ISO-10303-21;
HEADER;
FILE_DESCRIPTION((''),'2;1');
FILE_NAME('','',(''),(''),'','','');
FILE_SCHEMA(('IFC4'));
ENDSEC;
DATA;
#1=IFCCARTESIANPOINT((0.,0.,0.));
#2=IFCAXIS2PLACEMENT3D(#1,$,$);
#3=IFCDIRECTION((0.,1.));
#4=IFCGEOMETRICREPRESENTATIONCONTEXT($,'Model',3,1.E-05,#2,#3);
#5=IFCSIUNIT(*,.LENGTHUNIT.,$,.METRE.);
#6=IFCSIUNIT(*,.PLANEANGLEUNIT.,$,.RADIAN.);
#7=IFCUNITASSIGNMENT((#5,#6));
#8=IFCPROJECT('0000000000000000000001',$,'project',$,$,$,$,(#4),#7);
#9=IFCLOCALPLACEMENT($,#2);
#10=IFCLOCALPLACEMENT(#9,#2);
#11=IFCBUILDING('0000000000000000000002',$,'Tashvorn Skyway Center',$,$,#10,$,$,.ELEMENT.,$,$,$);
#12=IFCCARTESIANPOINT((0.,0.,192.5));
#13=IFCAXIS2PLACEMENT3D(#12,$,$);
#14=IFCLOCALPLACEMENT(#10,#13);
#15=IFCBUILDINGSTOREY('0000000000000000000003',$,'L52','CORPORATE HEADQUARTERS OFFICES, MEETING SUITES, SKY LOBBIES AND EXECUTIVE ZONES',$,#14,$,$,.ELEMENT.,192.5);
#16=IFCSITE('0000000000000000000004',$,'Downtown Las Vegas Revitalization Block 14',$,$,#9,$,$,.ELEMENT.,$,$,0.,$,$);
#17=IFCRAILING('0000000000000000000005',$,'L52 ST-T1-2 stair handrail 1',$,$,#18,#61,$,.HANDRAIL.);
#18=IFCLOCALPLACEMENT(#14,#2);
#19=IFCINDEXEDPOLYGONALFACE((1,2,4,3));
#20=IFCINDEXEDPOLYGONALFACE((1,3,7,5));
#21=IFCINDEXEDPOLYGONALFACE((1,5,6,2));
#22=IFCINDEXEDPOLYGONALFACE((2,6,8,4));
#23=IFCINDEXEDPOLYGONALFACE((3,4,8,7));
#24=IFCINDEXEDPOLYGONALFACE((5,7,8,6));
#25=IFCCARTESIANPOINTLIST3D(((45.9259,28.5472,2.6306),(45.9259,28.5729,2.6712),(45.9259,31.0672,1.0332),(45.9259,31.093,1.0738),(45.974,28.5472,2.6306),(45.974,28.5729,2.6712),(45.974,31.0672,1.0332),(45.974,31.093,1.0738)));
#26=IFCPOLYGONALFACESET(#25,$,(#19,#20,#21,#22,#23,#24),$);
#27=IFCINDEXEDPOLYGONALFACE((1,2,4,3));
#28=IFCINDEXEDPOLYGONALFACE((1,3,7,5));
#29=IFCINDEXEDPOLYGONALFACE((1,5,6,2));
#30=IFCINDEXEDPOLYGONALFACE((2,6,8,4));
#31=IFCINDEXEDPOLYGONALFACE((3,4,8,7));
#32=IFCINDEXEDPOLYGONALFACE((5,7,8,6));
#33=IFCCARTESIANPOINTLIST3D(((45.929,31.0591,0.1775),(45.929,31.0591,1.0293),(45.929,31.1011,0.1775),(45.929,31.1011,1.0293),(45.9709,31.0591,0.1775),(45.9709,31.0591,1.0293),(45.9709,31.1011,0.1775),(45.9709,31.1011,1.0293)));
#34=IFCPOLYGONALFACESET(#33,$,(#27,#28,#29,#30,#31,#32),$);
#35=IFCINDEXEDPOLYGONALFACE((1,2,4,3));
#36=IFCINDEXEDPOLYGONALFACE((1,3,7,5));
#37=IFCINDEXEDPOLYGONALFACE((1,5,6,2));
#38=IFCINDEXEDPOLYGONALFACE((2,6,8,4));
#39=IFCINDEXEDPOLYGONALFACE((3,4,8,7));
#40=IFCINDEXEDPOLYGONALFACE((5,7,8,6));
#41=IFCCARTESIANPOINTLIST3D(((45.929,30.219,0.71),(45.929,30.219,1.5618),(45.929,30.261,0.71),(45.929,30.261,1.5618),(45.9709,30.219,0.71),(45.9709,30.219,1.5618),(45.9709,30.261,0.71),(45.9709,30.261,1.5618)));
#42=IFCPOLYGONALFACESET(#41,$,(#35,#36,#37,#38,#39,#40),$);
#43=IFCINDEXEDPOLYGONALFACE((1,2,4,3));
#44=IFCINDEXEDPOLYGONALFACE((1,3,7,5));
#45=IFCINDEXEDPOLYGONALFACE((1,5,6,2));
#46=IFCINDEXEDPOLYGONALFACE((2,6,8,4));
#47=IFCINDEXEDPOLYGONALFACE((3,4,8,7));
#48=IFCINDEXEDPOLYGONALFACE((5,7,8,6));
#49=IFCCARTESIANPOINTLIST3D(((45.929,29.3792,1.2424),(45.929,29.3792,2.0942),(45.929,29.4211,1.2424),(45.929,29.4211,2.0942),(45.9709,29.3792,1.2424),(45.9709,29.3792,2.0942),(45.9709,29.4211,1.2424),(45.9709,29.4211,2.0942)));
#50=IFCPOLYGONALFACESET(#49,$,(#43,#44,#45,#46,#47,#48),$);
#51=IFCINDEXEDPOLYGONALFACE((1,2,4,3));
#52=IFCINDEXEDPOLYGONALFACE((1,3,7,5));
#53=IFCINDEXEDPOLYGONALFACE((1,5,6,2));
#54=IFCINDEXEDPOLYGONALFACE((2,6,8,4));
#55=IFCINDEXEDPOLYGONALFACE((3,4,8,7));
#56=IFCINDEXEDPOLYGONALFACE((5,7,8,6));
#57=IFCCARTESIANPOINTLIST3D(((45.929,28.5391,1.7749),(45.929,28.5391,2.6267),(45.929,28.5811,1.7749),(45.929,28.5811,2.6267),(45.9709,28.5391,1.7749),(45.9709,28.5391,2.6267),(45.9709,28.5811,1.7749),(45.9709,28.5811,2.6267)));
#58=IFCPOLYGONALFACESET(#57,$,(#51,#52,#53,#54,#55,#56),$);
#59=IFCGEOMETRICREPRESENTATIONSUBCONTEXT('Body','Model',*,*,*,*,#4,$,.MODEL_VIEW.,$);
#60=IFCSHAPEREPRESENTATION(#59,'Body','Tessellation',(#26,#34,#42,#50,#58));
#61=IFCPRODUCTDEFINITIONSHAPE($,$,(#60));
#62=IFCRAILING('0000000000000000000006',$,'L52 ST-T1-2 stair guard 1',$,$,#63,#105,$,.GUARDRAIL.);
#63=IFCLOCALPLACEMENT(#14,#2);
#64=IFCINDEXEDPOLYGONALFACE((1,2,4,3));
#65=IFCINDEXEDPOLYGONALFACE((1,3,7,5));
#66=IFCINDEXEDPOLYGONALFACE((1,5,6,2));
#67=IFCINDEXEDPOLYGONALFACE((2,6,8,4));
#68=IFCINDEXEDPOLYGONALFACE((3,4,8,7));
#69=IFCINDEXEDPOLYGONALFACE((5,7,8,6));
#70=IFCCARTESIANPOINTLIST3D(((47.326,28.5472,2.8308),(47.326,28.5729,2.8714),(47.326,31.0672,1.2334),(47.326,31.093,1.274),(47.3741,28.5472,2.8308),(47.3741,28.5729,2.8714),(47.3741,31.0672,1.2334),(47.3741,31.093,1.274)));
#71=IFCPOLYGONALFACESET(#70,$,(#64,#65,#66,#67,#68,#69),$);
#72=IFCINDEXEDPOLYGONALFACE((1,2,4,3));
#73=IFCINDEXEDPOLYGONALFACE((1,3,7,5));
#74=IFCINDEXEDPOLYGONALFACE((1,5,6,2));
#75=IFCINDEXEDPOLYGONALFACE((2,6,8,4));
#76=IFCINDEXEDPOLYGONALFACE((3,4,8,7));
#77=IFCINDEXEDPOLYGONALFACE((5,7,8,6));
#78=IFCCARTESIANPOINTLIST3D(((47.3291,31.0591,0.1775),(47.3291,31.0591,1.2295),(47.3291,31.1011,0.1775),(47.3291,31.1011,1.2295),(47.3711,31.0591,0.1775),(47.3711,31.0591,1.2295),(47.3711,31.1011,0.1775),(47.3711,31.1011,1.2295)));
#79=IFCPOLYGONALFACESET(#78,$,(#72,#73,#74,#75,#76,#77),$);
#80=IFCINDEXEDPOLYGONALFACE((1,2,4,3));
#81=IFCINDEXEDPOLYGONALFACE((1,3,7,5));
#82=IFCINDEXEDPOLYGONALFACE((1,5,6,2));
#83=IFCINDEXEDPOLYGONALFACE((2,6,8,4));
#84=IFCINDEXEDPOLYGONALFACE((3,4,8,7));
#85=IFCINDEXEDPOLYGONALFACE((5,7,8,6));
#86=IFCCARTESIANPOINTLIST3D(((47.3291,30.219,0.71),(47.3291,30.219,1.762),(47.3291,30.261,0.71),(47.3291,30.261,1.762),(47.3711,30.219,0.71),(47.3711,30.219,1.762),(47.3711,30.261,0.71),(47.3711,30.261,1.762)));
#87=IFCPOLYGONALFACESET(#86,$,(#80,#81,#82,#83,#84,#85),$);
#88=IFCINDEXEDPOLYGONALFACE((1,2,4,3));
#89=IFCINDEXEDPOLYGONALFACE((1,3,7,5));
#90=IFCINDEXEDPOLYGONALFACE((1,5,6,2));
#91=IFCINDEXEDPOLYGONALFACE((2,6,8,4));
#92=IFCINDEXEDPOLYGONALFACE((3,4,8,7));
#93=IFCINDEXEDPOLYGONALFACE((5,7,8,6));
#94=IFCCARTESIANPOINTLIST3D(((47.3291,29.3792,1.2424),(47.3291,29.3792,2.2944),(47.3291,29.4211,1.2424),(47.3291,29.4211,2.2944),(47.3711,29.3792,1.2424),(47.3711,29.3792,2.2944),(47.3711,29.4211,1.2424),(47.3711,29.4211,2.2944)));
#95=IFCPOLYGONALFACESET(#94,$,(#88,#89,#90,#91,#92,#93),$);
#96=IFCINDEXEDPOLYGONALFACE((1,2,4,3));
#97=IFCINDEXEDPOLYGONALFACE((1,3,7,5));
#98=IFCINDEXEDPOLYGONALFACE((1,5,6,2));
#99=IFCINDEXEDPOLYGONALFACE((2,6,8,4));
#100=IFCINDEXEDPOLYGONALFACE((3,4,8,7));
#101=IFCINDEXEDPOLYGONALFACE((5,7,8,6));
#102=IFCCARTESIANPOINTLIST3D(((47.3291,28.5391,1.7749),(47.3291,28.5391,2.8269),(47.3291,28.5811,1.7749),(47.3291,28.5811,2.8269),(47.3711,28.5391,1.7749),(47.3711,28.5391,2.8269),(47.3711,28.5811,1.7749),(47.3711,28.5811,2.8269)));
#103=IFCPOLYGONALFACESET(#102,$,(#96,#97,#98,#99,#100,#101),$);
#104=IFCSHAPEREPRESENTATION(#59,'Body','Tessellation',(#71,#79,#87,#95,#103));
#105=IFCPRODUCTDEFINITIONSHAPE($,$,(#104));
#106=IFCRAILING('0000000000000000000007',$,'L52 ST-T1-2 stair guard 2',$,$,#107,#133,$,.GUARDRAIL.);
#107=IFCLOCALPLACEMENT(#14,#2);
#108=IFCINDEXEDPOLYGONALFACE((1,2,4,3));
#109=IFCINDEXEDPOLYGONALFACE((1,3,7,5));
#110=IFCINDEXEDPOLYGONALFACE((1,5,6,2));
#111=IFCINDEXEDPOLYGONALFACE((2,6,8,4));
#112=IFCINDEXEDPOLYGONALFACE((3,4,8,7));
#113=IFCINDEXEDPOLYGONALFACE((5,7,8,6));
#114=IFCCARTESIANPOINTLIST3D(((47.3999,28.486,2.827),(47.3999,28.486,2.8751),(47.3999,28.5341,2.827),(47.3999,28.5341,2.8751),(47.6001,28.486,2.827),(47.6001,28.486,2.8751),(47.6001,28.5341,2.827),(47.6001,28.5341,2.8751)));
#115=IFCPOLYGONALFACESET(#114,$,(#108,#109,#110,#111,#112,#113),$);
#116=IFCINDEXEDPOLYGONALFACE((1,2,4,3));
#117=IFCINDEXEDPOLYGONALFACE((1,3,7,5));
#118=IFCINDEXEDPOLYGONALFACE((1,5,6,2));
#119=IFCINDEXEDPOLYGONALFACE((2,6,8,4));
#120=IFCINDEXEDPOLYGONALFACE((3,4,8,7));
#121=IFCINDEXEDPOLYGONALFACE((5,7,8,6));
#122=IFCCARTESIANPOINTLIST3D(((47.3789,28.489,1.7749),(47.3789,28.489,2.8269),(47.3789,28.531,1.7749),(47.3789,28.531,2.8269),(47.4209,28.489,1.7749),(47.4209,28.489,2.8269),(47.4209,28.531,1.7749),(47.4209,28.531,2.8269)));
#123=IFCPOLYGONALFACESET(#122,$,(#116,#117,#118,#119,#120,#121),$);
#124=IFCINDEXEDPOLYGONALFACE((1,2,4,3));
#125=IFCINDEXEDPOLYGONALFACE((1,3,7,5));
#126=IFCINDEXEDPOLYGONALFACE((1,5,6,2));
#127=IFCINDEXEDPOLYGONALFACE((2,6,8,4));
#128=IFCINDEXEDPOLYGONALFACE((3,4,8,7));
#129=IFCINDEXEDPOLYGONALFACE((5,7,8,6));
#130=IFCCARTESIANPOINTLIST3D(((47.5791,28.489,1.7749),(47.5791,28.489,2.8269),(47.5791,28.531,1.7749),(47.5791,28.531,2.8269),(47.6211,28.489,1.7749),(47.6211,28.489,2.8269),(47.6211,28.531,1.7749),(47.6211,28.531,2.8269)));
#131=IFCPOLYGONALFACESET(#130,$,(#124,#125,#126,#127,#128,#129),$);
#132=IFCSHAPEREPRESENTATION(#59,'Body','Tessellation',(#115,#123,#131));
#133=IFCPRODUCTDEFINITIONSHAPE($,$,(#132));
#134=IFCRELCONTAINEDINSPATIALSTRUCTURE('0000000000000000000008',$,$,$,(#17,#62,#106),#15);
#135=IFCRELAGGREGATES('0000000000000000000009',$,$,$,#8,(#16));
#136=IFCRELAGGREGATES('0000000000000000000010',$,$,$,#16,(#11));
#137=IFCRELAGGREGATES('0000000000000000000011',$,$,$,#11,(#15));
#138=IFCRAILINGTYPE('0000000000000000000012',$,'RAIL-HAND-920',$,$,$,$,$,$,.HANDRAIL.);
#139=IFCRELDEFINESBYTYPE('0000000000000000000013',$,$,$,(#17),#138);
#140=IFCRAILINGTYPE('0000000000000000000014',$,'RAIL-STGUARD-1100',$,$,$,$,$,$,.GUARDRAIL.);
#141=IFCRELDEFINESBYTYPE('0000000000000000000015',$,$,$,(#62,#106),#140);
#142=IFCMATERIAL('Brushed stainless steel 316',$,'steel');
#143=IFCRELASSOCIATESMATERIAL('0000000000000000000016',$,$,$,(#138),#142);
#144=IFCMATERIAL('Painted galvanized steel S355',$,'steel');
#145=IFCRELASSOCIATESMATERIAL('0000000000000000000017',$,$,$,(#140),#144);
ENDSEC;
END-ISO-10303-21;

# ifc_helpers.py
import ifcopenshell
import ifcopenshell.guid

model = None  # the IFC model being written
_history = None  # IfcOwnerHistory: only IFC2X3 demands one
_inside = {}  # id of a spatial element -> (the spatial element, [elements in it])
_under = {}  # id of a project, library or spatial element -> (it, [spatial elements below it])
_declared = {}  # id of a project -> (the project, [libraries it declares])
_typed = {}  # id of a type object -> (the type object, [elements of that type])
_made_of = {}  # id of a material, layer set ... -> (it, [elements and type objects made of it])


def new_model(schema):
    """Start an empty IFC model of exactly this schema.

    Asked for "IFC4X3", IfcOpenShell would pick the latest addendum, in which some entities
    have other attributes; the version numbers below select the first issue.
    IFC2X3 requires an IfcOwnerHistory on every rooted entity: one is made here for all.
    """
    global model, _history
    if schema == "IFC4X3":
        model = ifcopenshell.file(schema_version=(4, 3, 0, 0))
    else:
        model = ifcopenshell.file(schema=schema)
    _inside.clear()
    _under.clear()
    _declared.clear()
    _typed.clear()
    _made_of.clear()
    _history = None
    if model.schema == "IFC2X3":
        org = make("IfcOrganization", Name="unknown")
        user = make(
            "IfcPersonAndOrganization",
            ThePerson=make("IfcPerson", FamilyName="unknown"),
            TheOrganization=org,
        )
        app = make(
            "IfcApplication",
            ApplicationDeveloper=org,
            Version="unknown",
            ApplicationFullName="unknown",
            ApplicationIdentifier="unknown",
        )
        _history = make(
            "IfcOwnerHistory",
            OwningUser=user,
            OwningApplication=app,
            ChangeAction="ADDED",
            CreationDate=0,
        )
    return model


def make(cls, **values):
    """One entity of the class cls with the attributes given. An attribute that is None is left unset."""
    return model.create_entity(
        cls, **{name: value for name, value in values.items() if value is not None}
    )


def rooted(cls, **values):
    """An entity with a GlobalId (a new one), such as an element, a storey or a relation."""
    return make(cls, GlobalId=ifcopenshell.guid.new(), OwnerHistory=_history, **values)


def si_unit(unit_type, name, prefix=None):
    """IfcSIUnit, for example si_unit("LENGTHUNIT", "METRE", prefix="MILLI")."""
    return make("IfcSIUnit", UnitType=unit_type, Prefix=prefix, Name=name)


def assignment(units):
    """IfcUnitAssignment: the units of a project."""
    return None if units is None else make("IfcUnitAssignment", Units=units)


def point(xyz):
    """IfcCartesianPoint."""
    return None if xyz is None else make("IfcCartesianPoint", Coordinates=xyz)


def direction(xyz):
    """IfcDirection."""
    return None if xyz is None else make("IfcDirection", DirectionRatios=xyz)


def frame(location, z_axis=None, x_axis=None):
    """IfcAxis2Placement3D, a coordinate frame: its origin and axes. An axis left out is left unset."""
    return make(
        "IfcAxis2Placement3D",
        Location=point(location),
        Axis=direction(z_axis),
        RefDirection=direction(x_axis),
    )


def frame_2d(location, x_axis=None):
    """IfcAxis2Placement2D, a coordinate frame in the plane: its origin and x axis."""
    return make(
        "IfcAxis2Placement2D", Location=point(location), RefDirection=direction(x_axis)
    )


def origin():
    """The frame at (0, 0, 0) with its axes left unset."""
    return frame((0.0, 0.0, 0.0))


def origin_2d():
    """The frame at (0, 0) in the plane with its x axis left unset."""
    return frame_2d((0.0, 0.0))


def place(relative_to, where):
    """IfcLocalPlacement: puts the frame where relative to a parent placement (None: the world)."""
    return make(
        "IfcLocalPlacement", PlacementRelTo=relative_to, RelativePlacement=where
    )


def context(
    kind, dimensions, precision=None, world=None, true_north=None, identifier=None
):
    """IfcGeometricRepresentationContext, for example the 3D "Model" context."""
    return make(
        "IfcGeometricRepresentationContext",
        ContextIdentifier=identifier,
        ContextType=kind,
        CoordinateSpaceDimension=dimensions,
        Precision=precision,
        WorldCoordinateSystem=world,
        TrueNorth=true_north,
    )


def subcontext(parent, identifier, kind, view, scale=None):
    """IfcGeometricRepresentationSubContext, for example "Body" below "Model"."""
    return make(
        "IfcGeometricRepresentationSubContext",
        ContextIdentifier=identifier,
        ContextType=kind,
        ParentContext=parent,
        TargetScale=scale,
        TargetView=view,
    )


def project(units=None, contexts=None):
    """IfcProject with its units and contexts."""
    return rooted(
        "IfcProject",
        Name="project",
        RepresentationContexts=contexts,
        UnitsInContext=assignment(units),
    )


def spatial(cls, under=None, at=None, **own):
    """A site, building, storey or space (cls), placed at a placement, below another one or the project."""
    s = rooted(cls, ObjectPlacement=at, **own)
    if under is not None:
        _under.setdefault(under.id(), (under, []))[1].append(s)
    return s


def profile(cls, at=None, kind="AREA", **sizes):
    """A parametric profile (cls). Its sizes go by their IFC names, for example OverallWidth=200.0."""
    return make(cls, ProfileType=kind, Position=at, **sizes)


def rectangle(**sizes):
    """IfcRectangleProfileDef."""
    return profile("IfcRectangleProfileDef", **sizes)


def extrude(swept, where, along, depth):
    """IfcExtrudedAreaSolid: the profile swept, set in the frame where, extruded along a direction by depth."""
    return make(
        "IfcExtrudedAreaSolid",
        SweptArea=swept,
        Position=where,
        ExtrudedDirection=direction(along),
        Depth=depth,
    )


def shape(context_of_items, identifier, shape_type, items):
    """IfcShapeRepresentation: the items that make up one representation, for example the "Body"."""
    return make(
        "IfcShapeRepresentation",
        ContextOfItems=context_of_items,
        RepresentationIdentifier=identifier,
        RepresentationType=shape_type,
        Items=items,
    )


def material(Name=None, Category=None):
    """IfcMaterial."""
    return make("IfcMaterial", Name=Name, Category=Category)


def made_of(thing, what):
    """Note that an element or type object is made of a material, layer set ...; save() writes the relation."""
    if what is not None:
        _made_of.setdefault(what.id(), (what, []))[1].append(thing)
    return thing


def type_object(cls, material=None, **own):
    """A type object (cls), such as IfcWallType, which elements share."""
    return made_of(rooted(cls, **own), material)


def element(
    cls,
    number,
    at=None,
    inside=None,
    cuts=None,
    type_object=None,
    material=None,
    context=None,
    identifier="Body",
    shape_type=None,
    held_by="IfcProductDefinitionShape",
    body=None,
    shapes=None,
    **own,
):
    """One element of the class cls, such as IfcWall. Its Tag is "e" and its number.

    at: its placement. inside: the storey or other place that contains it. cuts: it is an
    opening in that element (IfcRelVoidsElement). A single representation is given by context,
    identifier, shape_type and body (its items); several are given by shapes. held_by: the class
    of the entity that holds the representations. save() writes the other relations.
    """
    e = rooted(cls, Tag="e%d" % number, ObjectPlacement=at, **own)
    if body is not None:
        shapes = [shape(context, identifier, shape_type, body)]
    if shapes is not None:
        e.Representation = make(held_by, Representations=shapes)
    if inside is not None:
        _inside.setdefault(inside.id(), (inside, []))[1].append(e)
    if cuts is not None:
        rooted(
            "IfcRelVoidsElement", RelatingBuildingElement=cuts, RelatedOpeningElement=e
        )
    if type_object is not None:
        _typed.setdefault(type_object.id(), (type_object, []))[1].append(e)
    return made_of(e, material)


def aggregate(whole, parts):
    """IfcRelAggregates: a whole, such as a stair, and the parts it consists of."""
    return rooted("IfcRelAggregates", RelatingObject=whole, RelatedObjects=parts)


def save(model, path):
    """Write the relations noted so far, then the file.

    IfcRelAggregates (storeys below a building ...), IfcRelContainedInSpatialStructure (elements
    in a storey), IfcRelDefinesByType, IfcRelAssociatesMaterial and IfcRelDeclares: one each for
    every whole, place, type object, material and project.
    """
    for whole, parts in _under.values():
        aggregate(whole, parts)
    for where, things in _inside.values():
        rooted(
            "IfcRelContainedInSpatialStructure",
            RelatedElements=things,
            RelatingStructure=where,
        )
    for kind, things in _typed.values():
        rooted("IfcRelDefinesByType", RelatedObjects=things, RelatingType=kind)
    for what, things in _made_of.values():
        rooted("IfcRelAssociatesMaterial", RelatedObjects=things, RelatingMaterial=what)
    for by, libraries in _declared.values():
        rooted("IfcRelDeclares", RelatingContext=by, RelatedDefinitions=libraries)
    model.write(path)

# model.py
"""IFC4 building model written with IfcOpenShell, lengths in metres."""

from ifc_helpers import new_model, si_unit, direction, frame, origin, origin_2d, place, context, subcontext, project, spatial, rectangle, extrude, material, type_object, element, save


model = new_model("IFC4")

# Units and contexts
model_context = context("Model", 3, precision=1e-05, world=origin(), true_north=direction((0.0, 1.0)))
body_context = subcontext(model_context, "Body", "Model", "MODEL_VIEW")
ifc_project = project(units=[si_unit("LENGTHUNIT", "METRE"), si_unit("PLANEANGLEUNIT", "RADIAN")], contexts=[model_context])

# Site, building, storey
site_placement = place(None, origin())
site = spatial("IfcSite", under=ifc_project, at=site_placement, Name="Downtown Las Vegas Revitalization Block 14", CompositionType="ELEMENT", RefElevation=0.0)
building_placement = place(site_placement, origin())
building = spatial("IfcBuilding", under=site, at=building_placement, Name="Tashvorn Skyway Center", CompositionType="ELEMENT")
storey_placement = place(building_placement, frame((0.0, 0.0, 192.5)))
storey = spatial("IfcBuildingStorey", under=building, at=storey_placement, Name="L52", Description="CORPORATE HEADQUARTERS OFFICES, MEETING SUITES, SKY LOBBIES AND EXECUTIVE ZONES", CompositionType="ELEMENT", Elevation=192.5)

# Railings
ifc_material_1 = material(Name="Brushed stainless steel 316", Category="steel")
railing_type_1 = type_object("IfcRailingType", Name="RAIL-HAND-920", PredefinedType="HANDRAIL", material=ifc_material_1)
railing_1_placement = place(storey_placement, frame((45.95, 31.0801, 0.1775)))
element("IfcRailing", 1, at=railing_1_placement, inside=storey, type_object=railing_type_1, Name="L52 ST-T1-2 stair handrail 1", PredefinedType="HANDRAIL", context=body_context, shape_type="SweptSolid", body=[
    extrude(rectangle(XDim=0.0481, YDim=0.0481, at=origin_2d()), frame((0.0, 0.0, 0.876), z_axis=(0.0, -0.844607, 0.535387), x_axis=(1.0, 0.0, 0.0)), (0.0, 0.0, 1.0), 2.9836),
    extrude(rectangle(XDim=0.042, YDim=0.042, at=origin_2d()), origin(), (0.0, 0.0, 1.0), 0.8518),
    extrude(rectangle(XDim=0.042, YDim=0.042, at=origin_2d()), frame((0.0, -0.8401, 0.5325)), (0.0, 0.0, 1.0), 0.8518),
    extrude(rectangle(XDim=0.042, YDim=0.042, at=origin_2d()), frame((0.0, -1.6799, 1.0649)), (0.0, 0.0, 1.0), 0.8518),
    extrude(rectangle(XDim=0.042, YDim=0.042, at=origin_2d()), frame((0.0, -2.52, 1.5974)), (0.0, 0.0, 1.0), 0.8518),
])
ifc_material_2 = material(Name="Painted galvanized steel S355", Category="steel")
railing_type_2 = type_object("IfcRailingType", Name="RAIL-STGUARD-1100", PredefinedType="GUARDRAIL", material=ifc_material_2)
railing_2_placement = place(storey_placement, frame((47.3501, 31.0801, 0.1775)))
element("IfcRailing", 2, at=railing_2_placement, inside=storey, type_object=railing_type_2, Name="L52 ST-T1-2 stair guard 1", PredefinedType="GUARDRAIL", context=body_context, shape_type="SweptSolid", body=[
    extrude(rectangle(XDim=0.0481, YDim=0.0481, at=origin_2d()), frame((0.0, 0.0, 1.0762), z_axis=(0.0, -0.844607, 0.535387), x_axis=(1.0, 0.0, 0.0)), (0.0, 0.0, 1.0), 2.9836),
    extrude(rectangle(XDim=0.042, YDim=0.042, at=origin_2d()), origin(), (0.0, 0.0, 1.0), 1.052),
    extrude(rectangle(XDim=0.042, YDim=0.042, at=origin_2d()), frame((0.0, -0.8401, 0.5325)), (0.0, 0.0, 1.0), 1.052),
    extrude(rectangle(XDim=0.042, YDim=0.042, at=origin_2d()), frame((0.0, -1.6799, 1.0649)), (0.0, 0.0, 1.0), 1.052),
    extrude(rectangle(XDim=0.042, YDim=0.042, at=origin_2d()), frame((0.0, -2.52, 1.5974)), (0.0, 0.0, 1.0), 1.052),
])
railing_3_placement = place(storey_placement, frame((47.3999, 28.51, 1.7749)))
element("IfcRailing", 3, at=railing_3_placement, inside=storey, type_object=railing_type_2, Name="L52 ST-T1-2 stair guard 2", PredefinedType="GUARDRAIL", context=body_context, shape_type="SweptSolid", body=[
    extrude(rectangle(XDim=0.0481, YDim=0.0481, at=origin_2d()), frame((0.0, 0.0, 1.0762), z_axis=(1.0, 0.0, 0.0), x_axis=(0.0, 1.0, 0.0)), (0.0, 0.0, 1.0), 0.2002),
    extrude(rectangle(XDim=0.042, YDim=0.042, at=origin_2d()), origin(), (0.0, 0.0, 1.0), 1.052),
    extrude(rectangle(XDim=0.042, YDim=0.042, at=origin_2d()), frame((0.2002, 0.0, 0.0)), (0.0, 0.0, 1.0), 1.052),
])

save(model, "model.ifc")
